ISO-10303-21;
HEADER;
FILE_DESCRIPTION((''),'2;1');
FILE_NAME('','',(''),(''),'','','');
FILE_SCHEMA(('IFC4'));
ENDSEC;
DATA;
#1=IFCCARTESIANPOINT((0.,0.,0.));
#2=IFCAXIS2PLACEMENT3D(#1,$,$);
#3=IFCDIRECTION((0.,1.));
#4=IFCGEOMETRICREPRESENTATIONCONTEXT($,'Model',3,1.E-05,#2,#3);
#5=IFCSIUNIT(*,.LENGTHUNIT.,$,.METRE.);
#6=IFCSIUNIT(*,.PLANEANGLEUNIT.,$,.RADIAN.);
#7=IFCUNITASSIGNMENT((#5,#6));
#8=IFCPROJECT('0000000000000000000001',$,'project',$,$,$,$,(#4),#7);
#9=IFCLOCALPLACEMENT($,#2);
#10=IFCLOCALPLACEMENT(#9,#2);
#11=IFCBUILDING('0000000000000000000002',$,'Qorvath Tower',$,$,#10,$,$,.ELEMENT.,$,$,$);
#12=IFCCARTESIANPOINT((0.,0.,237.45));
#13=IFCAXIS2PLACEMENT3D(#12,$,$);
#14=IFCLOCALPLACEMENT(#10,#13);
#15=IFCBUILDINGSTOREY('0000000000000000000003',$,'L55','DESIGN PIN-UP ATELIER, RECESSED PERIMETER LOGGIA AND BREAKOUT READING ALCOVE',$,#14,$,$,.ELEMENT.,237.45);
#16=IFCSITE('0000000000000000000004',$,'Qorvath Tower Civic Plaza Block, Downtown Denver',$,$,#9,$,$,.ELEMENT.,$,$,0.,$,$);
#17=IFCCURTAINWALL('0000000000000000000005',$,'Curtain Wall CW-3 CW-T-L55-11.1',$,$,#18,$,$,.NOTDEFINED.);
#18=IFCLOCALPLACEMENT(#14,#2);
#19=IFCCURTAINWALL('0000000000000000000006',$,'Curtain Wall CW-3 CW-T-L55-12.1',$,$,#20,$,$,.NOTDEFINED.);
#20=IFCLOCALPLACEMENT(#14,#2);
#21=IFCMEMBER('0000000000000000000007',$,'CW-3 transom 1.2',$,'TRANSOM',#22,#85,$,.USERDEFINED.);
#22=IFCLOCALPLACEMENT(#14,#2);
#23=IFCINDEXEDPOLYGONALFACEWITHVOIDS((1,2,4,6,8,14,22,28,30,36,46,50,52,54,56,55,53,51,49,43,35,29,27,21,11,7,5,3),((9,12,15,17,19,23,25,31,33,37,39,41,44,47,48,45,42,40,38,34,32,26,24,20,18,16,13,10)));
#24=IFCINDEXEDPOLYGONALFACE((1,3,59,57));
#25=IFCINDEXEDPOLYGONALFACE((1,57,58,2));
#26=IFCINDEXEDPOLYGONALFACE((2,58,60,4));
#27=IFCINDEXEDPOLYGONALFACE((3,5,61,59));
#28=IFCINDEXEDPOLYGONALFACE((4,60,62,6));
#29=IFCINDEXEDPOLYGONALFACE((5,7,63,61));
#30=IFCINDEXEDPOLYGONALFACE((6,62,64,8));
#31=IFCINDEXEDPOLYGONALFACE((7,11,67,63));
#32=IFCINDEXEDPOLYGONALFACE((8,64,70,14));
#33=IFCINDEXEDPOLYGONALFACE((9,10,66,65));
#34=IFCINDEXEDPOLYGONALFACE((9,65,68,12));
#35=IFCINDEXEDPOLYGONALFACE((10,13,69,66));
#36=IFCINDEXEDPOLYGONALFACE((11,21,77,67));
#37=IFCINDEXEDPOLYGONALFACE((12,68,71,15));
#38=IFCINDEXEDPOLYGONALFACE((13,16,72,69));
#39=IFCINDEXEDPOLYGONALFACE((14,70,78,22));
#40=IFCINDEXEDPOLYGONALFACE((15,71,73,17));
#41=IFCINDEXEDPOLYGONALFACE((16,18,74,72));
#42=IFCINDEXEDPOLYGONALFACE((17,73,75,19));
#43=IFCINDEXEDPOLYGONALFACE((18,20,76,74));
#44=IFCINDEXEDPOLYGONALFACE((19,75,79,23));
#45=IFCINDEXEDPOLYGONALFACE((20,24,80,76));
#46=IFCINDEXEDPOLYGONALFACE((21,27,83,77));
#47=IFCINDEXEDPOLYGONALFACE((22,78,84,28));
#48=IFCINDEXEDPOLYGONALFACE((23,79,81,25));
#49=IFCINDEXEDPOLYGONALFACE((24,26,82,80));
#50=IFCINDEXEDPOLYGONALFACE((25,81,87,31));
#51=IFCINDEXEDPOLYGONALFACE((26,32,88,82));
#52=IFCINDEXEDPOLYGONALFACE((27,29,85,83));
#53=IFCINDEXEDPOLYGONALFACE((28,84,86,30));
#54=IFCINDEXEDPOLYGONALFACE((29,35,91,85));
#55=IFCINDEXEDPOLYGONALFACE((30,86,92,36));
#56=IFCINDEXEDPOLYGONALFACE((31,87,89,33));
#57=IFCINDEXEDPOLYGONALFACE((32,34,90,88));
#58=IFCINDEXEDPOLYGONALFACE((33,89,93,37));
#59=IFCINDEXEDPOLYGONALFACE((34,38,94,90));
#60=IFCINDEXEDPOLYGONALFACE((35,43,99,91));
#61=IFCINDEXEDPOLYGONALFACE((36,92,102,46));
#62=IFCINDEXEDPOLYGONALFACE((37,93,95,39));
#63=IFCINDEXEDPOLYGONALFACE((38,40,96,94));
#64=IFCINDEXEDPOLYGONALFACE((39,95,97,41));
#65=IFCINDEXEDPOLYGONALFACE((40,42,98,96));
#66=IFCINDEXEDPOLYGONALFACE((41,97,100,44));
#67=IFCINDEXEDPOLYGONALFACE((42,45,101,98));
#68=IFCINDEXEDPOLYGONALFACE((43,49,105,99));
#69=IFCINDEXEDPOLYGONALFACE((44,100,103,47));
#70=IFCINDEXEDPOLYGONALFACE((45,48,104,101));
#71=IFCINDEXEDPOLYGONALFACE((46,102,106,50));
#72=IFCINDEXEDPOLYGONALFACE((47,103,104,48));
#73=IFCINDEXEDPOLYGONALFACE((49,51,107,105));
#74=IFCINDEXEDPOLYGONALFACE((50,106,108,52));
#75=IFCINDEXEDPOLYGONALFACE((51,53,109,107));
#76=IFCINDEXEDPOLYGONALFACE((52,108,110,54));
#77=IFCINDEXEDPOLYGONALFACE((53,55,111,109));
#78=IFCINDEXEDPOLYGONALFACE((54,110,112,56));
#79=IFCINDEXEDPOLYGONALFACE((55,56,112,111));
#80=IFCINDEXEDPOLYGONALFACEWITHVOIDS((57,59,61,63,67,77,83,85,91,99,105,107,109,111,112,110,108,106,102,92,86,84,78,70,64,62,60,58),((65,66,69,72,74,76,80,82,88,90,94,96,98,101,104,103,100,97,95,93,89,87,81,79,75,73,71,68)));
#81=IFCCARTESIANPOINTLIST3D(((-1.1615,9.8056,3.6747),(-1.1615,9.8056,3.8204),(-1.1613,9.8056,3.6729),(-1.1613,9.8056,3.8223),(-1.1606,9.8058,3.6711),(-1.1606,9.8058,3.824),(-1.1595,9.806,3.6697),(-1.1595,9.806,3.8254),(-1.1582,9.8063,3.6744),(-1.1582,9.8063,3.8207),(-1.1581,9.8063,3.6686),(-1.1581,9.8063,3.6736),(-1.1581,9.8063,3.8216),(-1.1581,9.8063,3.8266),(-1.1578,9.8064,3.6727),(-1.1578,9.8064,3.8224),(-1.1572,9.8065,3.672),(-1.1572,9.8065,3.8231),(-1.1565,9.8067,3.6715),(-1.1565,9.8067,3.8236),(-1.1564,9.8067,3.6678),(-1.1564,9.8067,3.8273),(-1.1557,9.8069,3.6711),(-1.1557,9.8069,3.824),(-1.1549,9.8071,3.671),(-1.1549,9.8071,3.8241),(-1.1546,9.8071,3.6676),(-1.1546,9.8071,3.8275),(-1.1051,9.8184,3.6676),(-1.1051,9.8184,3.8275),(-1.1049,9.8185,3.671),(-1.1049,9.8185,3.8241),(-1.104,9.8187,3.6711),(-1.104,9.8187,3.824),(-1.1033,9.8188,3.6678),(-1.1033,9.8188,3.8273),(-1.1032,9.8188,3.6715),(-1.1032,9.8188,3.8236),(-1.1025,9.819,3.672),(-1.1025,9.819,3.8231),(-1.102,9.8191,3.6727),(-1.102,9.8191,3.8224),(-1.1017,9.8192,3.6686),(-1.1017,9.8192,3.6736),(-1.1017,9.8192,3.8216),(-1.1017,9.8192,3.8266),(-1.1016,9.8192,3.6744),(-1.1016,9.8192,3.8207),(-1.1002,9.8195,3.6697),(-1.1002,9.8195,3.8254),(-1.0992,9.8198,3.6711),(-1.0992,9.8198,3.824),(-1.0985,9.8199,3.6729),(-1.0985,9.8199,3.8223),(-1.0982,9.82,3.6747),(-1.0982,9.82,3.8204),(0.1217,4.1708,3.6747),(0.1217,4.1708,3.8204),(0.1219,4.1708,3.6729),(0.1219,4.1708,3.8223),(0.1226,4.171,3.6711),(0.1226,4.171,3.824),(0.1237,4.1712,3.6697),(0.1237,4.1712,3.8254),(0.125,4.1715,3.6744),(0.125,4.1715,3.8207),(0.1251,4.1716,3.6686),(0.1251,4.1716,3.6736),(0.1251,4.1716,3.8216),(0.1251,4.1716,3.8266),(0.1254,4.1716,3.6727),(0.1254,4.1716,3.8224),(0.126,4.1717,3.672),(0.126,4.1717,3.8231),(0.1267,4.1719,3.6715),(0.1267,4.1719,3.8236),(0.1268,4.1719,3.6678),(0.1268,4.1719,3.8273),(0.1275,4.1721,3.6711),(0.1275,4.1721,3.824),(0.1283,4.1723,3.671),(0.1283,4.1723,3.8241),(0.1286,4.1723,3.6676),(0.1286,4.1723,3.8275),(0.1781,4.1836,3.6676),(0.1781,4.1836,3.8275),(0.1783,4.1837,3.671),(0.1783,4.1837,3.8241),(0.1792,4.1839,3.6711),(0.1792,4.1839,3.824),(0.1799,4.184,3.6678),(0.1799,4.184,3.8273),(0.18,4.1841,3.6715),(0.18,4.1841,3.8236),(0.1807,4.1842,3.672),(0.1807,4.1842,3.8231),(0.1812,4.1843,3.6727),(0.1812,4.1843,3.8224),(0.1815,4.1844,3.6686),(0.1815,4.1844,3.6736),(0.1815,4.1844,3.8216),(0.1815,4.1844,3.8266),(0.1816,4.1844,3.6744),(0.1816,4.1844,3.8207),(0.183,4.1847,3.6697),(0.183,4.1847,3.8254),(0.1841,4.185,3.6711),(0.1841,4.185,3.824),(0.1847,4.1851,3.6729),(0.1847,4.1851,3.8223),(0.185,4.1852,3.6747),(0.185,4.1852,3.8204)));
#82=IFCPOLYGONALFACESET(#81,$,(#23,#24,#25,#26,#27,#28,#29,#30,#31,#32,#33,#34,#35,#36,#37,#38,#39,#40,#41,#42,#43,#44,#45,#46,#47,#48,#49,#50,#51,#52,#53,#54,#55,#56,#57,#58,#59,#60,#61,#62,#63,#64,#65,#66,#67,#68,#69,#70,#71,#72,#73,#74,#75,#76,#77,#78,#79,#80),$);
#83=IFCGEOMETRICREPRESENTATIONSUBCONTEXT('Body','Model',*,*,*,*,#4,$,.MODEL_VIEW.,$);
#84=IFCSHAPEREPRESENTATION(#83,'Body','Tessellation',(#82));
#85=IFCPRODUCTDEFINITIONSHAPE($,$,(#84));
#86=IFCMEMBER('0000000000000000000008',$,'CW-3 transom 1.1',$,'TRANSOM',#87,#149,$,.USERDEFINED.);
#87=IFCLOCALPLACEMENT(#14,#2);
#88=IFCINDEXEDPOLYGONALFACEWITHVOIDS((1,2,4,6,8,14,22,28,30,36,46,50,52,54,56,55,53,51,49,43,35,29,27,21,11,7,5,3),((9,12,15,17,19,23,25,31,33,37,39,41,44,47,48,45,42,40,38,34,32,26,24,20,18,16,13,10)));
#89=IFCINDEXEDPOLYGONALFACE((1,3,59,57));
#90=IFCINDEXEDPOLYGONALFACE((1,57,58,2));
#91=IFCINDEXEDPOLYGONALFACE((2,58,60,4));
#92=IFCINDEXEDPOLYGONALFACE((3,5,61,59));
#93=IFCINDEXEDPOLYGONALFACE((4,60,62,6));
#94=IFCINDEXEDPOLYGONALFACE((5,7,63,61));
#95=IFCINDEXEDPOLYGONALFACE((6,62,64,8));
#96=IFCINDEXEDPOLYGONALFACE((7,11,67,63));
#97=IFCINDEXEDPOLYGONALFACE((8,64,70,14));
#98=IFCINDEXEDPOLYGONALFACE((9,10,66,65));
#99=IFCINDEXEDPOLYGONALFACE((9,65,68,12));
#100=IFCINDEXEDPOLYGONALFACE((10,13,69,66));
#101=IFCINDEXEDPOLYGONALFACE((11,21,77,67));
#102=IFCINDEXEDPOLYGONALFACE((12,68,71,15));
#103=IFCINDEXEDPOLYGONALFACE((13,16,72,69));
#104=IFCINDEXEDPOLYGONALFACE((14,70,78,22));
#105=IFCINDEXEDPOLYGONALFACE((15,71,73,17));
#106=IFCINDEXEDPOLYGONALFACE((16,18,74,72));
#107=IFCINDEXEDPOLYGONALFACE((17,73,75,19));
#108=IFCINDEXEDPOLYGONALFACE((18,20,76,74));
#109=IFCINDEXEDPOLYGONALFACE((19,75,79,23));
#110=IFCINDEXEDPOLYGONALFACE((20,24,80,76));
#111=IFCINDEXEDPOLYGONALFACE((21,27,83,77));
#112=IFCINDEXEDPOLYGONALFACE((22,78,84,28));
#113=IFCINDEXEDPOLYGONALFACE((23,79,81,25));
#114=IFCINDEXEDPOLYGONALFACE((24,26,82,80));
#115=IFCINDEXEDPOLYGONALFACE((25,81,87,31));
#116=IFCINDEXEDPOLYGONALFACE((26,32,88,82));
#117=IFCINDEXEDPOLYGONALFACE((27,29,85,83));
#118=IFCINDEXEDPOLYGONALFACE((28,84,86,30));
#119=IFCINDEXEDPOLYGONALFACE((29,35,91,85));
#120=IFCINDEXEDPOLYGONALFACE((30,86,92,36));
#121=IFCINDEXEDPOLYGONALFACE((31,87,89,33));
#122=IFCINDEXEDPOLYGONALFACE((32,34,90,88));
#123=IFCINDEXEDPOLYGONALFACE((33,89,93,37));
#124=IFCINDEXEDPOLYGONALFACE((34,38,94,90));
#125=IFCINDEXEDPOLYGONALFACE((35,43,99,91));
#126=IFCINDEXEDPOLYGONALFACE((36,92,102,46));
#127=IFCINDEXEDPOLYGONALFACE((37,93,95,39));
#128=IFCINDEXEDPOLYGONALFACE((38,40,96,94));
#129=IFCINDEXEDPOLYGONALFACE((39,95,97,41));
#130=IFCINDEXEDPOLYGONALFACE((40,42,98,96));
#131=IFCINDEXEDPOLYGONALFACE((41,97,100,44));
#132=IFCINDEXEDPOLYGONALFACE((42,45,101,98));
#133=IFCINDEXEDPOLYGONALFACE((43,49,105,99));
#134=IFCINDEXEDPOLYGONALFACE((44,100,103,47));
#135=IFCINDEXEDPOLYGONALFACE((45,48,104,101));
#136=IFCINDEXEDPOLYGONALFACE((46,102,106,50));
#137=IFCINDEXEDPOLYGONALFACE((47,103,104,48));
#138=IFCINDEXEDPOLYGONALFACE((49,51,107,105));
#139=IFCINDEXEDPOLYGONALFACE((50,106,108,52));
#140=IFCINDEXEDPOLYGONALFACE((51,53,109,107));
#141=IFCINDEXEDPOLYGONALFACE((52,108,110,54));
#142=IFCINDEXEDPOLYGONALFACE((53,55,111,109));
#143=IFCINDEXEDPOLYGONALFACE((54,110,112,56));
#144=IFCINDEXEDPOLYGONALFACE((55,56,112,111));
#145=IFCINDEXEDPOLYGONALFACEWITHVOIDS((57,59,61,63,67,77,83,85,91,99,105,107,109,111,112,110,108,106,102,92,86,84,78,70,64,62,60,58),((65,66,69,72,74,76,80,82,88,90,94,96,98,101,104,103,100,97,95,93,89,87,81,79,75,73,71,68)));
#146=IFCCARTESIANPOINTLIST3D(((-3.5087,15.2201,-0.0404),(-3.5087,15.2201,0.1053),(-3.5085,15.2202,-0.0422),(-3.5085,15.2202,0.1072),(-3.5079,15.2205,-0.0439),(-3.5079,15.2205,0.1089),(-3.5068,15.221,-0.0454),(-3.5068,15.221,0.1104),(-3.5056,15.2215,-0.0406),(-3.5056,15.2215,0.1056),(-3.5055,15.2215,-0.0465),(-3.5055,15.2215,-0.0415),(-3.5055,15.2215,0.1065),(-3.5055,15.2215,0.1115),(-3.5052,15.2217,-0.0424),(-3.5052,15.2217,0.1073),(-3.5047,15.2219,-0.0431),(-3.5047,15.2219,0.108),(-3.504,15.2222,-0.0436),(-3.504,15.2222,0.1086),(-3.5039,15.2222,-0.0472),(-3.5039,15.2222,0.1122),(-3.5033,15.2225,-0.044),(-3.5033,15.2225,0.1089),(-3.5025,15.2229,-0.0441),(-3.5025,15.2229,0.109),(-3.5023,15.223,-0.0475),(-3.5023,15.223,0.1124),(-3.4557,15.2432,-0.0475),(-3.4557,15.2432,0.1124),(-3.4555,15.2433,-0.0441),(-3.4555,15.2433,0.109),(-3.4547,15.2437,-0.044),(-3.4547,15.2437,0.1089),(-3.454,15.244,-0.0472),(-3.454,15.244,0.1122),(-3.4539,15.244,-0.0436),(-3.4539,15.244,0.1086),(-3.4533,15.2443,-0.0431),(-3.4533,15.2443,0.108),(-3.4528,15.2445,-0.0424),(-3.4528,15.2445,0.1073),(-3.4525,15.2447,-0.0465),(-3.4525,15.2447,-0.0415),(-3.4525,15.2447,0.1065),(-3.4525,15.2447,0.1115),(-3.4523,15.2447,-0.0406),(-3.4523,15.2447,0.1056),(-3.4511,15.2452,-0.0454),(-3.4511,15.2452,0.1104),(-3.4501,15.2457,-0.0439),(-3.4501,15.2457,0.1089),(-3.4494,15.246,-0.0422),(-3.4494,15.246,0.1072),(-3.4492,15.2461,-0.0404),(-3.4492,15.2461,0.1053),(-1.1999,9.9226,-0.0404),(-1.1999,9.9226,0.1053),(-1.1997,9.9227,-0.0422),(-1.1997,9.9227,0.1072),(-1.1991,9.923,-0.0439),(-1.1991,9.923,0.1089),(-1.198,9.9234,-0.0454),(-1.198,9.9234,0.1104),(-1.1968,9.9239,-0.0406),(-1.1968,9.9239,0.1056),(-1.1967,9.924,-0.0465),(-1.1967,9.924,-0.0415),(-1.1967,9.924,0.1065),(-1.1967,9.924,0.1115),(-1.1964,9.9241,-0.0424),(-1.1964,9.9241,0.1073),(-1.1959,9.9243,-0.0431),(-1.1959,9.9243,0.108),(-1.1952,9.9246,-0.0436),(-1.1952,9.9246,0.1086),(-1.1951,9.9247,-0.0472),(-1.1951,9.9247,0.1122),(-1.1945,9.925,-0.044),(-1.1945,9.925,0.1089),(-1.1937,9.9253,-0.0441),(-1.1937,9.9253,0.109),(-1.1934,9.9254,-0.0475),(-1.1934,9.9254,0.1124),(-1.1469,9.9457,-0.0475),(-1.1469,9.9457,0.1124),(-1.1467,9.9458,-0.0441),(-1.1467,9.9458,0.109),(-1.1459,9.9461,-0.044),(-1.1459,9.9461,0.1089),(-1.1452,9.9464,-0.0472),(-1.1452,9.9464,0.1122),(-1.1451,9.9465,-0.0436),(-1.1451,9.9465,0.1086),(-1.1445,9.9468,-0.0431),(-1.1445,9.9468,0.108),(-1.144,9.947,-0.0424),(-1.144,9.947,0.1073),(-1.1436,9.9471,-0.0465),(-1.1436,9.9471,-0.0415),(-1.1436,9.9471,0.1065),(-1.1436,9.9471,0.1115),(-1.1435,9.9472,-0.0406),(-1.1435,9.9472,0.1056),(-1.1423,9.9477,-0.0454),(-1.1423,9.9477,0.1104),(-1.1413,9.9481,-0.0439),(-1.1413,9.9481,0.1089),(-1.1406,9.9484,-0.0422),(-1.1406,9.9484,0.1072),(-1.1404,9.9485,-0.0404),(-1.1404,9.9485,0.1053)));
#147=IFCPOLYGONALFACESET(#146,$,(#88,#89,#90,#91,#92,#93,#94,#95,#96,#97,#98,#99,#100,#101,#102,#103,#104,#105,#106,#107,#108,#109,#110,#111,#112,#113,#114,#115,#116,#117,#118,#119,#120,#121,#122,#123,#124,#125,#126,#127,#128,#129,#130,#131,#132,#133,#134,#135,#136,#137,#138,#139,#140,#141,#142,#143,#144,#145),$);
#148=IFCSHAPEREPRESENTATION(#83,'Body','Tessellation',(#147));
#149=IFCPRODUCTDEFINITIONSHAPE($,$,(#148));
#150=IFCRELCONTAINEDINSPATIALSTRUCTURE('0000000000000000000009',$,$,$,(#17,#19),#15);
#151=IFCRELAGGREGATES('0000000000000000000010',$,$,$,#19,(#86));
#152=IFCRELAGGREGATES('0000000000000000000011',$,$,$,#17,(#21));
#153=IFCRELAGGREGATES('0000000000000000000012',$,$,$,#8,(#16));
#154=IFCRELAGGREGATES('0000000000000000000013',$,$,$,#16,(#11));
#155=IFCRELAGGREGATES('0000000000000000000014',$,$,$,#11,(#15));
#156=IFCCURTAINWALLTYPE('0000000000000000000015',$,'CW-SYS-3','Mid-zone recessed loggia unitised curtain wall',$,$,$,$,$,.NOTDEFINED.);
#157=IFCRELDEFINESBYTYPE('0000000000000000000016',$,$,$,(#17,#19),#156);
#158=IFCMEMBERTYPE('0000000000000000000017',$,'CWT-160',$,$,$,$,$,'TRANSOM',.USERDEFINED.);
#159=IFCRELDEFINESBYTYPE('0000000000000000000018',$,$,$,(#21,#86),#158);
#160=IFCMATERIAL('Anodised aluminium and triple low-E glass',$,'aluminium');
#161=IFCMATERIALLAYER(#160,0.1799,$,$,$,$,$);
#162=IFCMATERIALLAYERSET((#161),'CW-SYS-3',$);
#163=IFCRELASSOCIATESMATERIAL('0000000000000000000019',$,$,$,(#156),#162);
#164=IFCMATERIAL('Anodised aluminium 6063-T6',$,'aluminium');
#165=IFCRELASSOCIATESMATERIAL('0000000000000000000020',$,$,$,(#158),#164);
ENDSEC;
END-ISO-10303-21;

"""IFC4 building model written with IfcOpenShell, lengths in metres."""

from ifc_helpers import new_model, si_unit, direction, frame, origin, origin_2d, place, context, subcontext, project, spatial, hollow_rectangle, extrude, material, layer, layer_set, material_profile, profile_set, type_object, element, aggregate, save


model = new_model("IFC4")

# Units and contexts
model_context = context("Model", 3, precision=1e-05, world=origin(), true_north=direction((0.0, 1.0)))
body_context = subcontext(model_context, "Body", "Model", "MODEL_VIEW")
ifc_project = project(units=[si_unit("LENGTHUNIT", "METRE"), si_unit("PLANEANGLEUNIT", "RADIAN")], contexts=[model_context])

# Site, building, storey
site_placement = place(None, origin())
site = spatial("IfcSite", under=ifc_project, at=site_placement, Name="Qorvath Tower Civic Plaza Block, Downtown Denver", CompositionType="ELEMENT", RefElevation=0.0)
building_placement = place(site_placement, origin())
building = spatial("IfcBuilding", under=site, at=building_placement, Name="Qorvath Tower", CompositionType="ELEMENT")
storey_placement = place(building_placement, frame((0.0, 0.0, 237.45)))
storey = spatial("IfcBuildingStorey", under=building, at=storey_placement, Name="L55", Description="DESIGN PIN-UP ATELIER, RECESSED PERIMETER LOGGIA AND BREAKOUT READING ALCOVE", CompositionType="ELEMENT", Elevation=237.45)

# Curtain wall
ifc_material_1 = material(Name="Anodised aluminium and triple low-E glass", Category="aluminium")
ifc_layer_1 = layer(ifc_material_1, 0.1799)
ifc_layer_set_1 = layer_set([ifc_layer_1], Name="CW-SYS-3")
curtain_wall_type = type_object("IfcCurtainWallType", Name="CW-SYS-3", Description="Mid-zone recessed loggia unitised curtain wall", PredefinedType="NOTDEFINED", material=ifc_layer_set_1)
curtain_wall_1_placement = place(storey_placement, origin())
curtain_wall_1 = element("IfcCurtainWall", 1, at=curtain_wall_1_placement, inside=storey, type_object=curtain_wall_type, Name="Curtain Wall CW-3 CW-T-L55-11.1", PredefinedType="NOTDEFINED")

# Curtain wall
curtain_wall_2_placement = place(storey_placement, origin())
curtain_wall_2 = element("IfcCurtainWall", 2, at=curtain_wall_2_placement, inside=storey, type_object=curtain_wall_type, Name="Curtain Wall CW-3 CW-T-L55-12.1", PredefinedType="NOTDEFINED")

# Members
ifc_material_2 = material(Name="Anodised aluminium 6063-T6", Category="aluminium")
ifc_material_profile_1 = material_profile(ifc_material_2, hollow_rectangle(XDim=0.0649, YDim=0.1599, WallThickness=0.0034, InnerFilletRadius=0.0034, OuterFilletRadius=0.0071, at=origin_2d()), Name="CWT 160x65")
ifc_profile_set_1 = profile_set([ifc_material_profile_1], Name="Anodised aluminium 6063-T6")
member_type_1 = type_object("IfcMemberType", Name="CWT-160", ElementType="TRANSOM", PredefinedType="USERDEFINED", material=ifc_profile_set_1)
member_1_placement = place(storey_placement, frame((0.1533, 4.178, 3.7476), z_axis=(-0.222045, 0.975036, 0.0), x_axis=(-0.975036, -0.222045, 0.0)))
member_1 = element("IfcMember", 3, at=member_1_placement, type_object=member_type_1, Name="CW-3 transom 1.2", ObjectType="TRANSOM", PredefinedType="USERDEFINED", context=body_context, shape_type="SweptSolid", body=[
    extrude(hollow_rectangle(XDim=0.0649, YDim=0.1599, WallThickness=0.0034, InnerFilletRadius=0.0034, OuterFilletRadius=0.0071, at=origin_2d()), origin(), (0.0, 0.0, 1.0), 5.7791),
])
member_2_placement = place(storey_placement, frame((-1.1702, 9.9355, 0.0325), z_axis=(-0.399531, 0.91672, 0.0), x_axis=(-0.91672, -0.399531, 0.0)))
member_2 = element("IfcMember", 4, at=member_2_placement, type_object=member_type_1, Name="CW-3 transom 1.1", ObjectType="TRANSOM", PredefinedType="USERDEFINED", context=body_context, shape_type="SweptSolid", body=[
    extrude(hollow_rectangle(XDim=0.0649, YDim=0.1599, WallThickness=0.0034, InnerFilletRadius=0.0034, OuterFilletRadius=0.0071, at=origin_2d()), origin(), (0.0, 0.0, 1.0), 5.7788),
])
aggregate(curtain_wall_2, [member_2])

aggregate(curtain_wall_1, [member_1])

save(model, "model.ifc")
